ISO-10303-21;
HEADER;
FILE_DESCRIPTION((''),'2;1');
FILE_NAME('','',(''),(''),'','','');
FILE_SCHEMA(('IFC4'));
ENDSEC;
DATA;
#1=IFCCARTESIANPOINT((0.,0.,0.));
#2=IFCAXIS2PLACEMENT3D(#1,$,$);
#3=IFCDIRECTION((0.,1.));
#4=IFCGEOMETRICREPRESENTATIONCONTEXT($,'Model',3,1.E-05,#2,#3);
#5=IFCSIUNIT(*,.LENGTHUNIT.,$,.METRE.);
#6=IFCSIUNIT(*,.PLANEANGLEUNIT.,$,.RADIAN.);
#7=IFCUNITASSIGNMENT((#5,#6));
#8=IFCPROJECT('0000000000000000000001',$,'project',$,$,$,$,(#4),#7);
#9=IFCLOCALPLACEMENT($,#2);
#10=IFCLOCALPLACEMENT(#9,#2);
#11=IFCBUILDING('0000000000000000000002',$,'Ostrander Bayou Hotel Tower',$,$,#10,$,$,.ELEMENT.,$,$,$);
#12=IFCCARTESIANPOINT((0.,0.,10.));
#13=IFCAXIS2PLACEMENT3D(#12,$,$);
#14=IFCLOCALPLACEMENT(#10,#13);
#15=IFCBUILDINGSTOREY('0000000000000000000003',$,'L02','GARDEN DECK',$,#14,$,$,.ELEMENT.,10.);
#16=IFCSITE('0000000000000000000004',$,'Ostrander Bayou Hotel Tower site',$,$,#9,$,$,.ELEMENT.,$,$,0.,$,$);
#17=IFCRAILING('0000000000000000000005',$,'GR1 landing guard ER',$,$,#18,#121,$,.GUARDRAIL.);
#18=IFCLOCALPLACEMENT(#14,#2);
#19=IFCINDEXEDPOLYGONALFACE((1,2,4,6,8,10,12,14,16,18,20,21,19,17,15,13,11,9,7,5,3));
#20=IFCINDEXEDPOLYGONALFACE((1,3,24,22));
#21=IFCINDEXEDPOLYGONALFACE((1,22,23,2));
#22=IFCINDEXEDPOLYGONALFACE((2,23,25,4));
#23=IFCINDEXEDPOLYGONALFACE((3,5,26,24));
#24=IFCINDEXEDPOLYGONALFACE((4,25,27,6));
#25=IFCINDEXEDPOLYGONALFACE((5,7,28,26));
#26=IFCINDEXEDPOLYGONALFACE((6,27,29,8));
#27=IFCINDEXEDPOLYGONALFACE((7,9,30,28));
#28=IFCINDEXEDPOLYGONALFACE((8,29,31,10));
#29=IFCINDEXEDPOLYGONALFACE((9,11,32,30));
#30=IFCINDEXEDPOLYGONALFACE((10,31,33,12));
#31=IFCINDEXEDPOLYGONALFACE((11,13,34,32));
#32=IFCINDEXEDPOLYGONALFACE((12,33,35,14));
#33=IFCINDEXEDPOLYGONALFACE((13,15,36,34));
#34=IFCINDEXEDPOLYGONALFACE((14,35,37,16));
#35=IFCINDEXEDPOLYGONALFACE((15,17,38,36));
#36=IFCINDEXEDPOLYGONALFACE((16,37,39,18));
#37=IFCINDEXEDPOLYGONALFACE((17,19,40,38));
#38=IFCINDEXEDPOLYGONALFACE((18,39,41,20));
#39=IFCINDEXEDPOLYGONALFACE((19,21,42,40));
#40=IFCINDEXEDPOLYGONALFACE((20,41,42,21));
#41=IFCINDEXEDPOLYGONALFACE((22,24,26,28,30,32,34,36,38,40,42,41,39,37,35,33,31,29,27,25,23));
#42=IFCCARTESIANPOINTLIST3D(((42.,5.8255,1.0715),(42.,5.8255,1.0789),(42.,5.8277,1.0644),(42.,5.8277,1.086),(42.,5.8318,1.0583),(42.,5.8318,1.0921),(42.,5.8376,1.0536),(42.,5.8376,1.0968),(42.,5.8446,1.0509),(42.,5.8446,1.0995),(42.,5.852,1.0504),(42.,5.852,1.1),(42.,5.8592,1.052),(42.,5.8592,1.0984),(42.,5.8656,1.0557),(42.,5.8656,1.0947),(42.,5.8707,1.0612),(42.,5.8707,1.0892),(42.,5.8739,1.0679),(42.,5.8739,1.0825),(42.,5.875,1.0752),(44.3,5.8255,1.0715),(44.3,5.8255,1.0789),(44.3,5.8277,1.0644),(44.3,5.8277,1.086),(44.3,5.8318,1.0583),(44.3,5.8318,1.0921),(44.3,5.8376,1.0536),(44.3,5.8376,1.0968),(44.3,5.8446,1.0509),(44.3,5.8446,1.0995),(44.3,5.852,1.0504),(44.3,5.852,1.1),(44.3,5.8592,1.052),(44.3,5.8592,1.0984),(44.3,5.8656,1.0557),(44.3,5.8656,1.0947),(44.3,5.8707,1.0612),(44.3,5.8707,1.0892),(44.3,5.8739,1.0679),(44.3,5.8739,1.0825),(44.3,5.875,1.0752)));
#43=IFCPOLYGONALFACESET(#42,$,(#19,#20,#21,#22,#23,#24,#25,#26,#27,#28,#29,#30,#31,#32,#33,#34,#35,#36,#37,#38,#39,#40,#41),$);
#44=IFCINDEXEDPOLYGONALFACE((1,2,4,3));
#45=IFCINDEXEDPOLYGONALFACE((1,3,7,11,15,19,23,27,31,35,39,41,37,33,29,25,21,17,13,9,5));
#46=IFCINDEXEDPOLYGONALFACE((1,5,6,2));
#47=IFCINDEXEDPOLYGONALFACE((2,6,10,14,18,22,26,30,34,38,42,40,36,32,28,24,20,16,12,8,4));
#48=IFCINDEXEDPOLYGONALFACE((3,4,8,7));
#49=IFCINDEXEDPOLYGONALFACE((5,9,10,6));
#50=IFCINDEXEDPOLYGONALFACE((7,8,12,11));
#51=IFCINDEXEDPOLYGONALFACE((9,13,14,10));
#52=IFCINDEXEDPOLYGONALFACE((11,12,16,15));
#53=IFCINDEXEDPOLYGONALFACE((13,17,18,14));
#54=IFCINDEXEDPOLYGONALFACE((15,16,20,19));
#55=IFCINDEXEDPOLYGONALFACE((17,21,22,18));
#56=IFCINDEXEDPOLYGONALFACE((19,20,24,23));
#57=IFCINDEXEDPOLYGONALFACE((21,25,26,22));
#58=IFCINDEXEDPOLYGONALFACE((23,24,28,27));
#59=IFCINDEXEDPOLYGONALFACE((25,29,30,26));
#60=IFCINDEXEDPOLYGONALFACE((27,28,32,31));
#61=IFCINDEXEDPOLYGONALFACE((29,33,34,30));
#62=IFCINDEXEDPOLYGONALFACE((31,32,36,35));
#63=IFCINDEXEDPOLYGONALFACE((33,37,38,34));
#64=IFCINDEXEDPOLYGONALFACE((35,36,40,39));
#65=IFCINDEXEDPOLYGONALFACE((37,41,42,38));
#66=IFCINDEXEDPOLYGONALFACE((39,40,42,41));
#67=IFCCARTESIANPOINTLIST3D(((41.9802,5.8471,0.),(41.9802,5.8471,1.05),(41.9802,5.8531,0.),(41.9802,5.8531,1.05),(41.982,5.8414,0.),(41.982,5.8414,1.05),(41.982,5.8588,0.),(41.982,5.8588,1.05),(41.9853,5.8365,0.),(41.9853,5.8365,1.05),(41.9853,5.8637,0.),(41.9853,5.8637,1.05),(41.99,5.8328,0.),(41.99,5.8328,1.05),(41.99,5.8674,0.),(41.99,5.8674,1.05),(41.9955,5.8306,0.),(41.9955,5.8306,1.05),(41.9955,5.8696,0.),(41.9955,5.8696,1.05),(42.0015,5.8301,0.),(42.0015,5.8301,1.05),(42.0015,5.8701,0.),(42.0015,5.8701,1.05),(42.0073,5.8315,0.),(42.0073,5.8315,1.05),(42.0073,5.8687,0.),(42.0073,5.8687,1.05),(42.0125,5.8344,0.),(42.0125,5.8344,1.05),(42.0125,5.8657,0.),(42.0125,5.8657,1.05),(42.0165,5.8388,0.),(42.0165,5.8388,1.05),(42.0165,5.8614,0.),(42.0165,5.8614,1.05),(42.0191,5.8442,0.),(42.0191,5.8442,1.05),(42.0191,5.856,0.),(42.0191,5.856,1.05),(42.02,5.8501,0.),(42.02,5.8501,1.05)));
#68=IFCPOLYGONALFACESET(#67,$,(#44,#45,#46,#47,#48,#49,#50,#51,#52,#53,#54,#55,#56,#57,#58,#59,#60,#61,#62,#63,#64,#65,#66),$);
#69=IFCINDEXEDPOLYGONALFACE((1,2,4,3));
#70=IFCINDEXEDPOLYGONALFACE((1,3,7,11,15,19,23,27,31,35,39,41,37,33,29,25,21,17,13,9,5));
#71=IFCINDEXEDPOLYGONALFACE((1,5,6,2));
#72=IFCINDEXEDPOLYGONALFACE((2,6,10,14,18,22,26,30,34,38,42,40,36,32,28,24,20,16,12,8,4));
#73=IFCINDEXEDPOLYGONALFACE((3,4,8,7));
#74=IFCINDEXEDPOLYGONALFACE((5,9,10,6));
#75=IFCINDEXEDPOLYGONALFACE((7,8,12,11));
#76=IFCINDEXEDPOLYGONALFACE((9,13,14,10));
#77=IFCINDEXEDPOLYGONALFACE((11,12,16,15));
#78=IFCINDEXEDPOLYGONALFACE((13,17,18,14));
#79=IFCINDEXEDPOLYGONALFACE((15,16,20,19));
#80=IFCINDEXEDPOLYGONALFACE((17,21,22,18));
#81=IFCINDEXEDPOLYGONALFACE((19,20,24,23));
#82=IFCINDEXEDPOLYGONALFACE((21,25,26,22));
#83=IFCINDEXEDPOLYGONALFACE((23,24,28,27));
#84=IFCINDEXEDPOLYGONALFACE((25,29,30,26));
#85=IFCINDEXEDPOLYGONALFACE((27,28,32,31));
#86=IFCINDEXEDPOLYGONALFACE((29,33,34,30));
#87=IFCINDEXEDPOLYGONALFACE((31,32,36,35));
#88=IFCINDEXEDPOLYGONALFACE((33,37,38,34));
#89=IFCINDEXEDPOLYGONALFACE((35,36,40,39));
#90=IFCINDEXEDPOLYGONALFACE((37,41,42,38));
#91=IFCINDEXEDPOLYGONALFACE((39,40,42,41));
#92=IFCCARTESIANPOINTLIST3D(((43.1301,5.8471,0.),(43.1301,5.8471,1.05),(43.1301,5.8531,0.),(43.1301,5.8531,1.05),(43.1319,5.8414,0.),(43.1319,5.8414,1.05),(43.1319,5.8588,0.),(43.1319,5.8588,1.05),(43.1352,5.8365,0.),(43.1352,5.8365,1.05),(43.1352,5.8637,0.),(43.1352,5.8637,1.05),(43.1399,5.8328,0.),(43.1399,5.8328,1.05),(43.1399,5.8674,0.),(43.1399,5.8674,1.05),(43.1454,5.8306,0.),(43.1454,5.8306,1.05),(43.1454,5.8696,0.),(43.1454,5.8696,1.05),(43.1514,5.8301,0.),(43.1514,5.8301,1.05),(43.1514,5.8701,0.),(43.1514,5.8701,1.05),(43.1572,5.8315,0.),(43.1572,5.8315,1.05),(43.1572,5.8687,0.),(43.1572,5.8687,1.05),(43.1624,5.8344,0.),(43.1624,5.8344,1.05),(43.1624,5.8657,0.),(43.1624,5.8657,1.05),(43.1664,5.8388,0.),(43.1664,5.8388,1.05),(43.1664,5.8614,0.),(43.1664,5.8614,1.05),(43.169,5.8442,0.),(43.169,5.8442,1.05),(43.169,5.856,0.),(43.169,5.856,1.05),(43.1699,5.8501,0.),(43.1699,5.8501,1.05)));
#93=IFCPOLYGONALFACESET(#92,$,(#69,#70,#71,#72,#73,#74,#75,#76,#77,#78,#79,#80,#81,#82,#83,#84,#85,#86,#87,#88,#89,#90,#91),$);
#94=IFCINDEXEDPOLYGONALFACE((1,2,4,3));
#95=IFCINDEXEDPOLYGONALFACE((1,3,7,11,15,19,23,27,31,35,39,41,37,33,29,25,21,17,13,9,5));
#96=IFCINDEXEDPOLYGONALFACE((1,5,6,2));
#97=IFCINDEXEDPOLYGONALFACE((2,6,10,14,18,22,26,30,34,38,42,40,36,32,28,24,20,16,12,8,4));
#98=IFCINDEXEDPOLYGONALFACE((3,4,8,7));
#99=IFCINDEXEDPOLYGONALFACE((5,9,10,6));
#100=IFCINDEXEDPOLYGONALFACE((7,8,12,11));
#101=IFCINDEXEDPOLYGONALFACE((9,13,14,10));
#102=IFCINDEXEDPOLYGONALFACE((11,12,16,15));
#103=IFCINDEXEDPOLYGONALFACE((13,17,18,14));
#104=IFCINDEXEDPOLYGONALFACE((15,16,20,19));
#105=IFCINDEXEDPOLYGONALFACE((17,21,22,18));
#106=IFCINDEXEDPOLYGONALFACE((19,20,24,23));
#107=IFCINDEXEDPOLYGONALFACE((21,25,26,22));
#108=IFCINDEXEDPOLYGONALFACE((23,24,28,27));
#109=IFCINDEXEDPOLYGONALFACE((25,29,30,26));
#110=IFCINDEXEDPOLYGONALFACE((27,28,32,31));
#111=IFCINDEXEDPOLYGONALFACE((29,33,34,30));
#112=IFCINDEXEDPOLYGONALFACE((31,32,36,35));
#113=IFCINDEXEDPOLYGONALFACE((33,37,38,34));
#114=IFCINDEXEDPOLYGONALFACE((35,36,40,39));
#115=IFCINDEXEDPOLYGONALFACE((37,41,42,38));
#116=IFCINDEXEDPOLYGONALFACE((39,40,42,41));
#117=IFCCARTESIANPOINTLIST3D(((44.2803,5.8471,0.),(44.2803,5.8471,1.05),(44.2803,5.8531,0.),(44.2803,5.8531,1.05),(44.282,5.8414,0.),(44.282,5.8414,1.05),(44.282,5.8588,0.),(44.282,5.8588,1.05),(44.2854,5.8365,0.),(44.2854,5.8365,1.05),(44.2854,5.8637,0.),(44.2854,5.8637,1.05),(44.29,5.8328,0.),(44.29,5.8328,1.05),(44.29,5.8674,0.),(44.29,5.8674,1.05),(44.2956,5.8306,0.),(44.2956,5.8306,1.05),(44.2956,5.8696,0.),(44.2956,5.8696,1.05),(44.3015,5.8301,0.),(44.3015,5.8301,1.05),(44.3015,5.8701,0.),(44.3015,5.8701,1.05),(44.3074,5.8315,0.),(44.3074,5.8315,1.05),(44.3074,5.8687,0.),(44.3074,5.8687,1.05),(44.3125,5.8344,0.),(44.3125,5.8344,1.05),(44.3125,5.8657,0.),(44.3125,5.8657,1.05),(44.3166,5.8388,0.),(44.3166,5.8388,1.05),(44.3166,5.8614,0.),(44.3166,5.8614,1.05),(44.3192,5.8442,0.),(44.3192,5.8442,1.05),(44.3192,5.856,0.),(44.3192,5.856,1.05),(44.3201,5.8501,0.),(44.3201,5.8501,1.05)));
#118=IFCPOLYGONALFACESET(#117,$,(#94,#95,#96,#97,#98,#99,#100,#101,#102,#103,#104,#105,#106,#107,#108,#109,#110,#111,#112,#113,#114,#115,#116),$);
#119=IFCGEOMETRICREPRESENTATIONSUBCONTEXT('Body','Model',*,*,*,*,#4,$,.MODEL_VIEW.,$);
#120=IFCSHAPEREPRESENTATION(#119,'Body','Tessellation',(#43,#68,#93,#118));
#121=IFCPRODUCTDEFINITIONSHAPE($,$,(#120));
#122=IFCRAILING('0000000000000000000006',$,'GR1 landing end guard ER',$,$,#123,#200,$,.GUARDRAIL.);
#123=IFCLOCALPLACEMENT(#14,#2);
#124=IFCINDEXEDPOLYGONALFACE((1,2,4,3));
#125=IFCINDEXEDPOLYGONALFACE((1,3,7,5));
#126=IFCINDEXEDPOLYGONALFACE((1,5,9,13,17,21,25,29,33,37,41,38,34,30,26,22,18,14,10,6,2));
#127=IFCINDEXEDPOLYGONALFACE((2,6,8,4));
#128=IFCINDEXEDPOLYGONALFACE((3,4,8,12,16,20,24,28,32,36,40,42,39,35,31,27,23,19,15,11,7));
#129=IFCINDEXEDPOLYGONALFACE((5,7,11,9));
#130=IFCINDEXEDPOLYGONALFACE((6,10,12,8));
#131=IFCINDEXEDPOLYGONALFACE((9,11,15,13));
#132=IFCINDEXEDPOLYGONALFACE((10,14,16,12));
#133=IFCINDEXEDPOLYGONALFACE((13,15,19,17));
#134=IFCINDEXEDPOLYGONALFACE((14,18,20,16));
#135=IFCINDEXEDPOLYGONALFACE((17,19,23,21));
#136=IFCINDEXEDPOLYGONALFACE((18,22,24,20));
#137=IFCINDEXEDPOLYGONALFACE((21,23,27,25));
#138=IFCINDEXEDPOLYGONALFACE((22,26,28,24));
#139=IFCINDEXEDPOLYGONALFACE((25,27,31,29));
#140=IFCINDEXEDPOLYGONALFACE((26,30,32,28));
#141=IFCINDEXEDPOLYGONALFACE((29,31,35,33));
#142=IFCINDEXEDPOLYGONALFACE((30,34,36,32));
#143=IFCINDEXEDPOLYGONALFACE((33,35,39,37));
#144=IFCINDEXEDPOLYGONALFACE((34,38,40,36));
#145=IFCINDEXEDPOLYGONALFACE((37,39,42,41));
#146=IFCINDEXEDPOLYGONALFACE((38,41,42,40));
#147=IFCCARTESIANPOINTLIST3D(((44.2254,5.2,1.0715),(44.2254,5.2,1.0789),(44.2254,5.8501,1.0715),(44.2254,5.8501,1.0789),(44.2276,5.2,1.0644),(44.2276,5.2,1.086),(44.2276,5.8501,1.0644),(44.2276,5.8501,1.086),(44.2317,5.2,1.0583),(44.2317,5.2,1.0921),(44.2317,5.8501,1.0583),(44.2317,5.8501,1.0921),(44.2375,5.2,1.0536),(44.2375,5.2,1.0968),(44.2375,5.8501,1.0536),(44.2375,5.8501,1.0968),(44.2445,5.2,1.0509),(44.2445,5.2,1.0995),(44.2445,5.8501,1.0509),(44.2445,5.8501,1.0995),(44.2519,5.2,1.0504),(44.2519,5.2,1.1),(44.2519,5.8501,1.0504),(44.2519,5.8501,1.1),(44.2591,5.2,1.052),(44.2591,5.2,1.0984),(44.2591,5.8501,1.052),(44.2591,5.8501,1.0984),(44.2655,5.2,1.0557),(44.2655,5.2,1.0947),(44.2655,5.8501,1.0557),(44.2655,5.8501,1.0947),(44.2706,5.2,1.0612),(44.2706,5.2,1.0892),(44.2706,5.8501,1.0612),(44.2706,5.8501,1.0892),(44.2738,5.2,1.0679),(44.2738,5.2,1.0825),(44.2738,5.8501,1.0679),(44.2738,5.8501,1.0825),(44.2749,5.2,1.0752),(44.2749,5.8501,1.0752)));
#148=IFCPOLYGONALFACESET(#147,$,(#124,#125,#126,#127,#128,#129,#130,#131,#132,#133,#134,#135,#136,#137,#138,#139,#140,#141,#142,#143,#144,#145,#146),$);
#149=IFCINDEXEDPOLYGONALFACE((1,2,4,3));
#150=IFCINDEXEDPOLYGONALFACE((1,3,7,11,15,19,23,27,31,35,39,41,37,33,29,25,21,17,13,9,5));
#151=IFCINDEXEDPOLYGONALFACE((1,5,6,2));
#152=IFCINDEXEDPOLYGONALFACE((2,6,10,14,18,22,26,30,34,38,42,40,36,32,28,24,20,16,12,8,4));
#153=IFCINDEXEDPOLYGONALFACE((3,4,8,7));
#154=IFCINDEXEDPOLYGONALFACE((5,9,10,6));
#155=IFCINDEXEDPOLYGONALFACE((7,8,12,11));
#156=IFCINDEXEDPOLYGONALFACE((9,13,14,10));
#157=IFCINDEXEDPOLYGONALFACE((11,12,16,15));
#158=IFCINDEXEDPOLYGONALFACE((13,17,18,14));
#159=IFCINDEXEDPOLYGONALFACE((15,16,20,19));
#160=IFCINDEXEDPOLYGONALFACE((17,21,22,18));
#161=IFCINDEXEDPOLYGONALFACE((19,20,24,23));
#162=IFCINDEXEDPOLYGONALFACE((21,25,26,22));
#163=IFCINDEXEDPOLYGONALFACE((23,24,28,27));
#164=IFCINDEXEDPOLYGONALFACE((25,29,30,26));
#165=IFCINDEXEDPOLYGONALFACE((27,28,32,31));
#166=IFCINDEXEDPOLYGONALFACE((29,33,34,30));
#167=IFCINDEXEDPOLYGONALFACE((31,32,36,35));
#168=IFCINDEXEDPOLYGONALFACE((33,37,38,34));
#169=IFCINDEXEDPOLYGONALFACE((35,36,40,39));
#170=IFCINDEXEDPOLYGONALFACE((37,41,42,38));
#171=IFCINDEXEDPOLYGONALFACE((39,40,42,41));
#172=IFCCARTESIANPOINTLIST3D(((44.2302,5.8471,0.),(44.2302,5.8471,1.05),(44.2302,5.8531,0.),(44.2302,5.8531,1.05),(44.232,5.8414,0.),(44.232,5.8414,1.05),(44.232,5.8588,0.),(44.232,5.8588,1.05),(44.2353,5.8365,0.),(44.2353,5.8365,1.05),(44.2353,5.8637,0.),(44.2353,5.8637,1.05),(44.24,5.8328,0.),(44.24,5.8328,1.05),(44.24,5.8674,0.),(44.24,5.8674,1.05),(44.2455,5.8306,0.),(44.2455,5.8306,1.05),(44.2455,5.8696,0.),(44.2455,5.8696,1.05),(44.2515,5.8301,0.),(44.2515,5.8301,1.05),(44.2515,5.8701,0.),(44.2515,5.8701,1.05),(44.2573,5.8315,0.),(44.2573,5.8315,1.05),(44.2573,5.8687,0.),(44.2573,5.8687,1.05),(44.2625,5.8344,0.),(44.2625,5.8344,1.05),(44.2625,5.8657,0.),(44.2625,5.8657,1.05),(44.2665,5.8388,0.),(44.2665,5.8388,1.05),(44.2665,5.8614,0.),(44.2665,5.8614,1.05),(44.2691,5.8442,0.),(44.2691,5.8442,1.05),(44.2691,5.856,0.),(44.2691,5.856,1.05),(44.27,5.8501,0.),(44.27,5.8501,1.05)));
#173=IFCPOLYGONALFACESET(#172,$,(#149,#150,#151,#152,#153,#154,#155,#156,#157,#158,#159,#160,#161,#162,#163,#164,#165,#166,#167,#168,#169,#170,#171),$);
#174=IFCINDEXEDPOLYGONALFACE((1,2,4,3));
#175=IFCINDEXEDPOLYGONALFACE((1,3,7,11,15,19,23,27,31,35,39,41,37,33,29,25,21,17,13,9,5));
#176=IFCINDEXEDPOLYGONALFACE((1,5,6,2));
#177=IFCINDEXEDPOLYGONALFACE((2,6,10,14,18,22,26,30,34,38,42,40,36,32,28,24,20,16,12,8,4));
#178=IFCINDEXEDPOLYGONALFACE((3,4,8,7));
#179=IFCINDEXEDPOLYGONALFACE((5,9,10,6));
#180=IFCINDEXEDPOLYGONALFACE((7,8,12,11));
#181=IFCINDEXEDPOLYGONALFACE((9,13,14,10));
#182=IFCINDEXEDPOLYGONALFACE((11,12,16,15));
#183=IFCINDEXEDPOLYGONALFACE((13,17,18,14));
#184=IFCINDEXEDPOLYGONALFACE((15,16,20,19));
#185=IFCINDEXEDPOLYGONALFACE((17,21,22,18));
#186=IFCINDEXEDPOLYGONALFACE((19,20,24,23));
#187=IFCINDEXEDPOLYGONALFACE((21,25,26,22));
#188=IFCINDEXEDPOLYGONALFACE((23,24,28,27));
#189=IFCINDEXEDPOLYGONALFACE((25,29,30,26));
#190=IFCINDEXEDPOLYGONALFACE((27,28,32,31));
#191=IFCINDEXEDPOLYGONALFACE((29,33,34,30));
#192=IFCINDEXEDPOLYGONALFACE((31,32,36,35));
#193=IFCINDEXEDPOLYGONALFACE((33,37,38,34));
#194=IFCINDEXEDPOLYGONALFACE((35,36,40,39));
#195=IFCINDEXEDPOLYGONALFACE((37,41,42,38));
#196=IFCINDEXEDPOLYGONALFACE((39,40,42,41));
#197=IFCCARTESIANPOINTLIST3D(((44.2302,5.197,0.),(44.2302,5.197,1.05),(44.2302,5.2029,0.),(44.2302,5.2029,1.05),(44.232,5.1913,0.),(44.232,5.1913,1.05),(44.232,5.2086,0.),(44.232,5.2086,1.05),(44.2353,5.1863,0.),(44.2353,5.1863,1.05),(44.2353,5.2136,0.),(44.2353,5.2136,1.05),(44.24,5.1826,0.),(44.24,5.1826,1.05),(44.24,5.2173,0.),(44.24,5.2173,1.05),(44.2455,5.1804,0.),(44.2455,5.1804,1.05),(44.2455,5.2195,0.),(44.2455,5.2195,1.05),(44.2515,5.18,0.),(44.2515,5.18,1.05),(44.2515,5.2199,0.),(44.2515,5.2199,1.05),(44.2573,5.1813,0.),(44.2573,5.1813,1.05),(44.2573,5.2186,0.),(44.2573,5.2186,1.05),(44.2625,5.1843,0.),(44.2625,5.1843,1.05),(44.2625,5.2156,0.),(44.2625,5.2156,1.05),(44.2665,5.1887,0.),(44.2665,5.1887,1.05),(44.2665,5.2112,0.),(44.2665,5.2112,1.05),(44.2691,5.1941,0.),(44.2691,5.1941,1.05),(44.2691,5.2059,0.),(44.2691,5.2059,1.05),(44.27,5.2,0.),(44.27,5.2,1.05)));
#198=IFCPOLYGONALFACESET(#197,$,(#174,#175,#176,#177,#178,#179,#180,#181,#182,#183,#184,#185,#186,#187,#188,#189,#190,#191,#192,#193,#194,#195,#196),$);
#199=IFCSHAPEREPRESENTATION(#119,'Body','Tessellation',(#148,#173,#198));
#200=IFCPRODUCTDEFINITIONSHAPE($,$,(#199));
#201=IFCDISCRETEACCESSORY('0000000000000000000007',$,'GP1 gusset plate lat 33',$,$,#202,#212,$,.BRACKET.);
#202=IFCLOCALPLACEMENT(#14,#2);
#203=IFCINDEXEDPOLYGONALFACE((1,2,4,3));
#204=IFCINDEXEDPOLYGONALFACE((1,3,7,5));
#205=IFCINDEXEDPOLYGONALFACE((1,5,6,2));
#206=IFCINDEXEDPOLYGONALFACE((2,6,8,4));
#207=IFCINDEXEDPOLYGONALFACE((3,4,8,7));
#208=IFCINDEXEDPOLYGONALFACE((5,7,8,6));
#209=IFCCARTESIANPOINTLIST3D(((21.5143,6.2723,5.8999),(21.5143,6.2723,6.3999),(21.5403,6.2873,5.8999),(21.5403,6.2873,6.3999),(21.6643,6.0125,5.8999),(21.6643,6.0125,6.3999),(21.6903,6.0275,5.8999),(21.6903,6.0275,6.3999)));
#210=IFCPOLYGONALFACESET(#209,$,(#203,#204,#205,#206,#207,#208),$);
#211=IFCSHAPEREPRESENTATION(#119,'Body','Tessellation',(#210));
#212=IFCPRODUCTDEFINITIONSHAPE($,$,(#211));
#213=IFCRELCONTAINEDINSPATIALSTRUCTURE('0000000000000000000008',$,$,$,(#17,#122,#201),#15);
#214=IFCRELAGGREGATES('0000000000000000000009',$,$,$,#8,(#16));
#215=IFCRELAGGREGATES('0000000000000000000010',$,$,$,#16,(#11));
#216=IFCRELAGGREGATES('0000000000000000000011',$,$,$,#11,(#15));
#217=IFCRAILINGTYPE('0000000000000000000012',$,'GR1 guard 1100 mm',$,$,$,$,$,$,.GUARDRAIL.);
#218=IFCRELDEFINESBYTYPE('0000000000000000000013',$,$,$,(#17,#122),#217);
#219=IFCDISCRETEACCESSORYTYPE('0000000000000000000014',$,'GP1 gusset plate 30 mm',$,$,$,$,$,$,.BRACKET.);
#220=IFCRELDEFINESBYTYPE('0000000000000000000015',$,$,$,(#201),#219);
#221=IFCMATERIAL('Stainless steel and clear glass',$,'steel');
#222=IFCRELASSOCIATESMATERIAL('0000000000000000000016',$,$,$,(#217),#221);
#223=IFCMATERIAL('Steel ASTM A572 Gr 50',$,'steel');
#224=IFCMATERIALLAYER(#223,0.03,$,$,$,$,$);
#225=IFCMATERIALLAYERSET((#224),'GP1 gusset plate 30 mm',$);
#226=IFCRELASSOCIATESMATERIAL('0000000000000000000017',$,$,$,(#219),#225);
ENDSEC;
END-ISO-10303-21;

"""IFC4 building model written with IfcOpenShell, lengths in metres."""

from ifc_helpers import new_model, si_unit, direction, frame, origin, origin_2d, place, context, subcontext, project, spatial, rectangle, circle, extrude, material, layer, layer_set, type_object, element, save


model = new_model("IFC4")

# Units and contexts
model_context = context("Model", 3, precision=1e-05, world=origin(), true_north=direction((0.0, 1.0)))
body_context = subcontext(model_context, "Body", "Model", "MODEL_VIEW")
ifc_project = project(units=[si_unit("LENGTHUNIT", "METRE"), si_unit("PLANEANGLEUNIT", "RADIAN")], contexts=[model_context])

# Site, building, storey
site_placement = place(None, origin())
site = spatial("IfcSite", under=ifc_project, at=site_placement, Name="Ostrander Bayou Hotel Tower site", CompositionType="ELEMENT", RefElevation=0.0)
building_placement = place(site_placement, origin())
building = spatial("IfcBuilding", under=site, at=building_placement, Name="Ostrander Bayou Hotel Tower", CompositionType="ELEMENT")
storey_placement = place(building_placement, frame((0.0, 0.0, 10.0)))
storey = spatial("IfcBuildingStorey", under=building, at=storey_placement, Name="L02", Description="GARDEN DECK", CompositionType="ELEMENT", Elevation=10.0)

# Railings
ifc_material_1 = material(Name="Stainless steel and clear glass", Category="steel")
railing_type = type_object("IfcRailingType", Name="GR1 guard 1100 mm", PredefinedType="GUARDRAIL", material=ifc_material_1)
railing_1_placement = place(storey_placement, frame((42.0, 5.8501, 0.0)))
element("IfcRailing", 1, at=railing_1_placement, inside=storey, type_object=railing_type, Name="GR1 landing guard ER", PredefinedType="GUARDRAIL", context=body_context, shape_type="SweptSolid", body=[
    extrude(circle(Radius=0.0249, at=origin_2d()), frame((0.0, 0.0, 1.0752), z_axis=(1.0, 0.0, 0.0), x_axis=(0.0, 1.0, 0.0)), (0.0, 0.0, 1.0), 2.3),
    extrude(circle(Radius=0.02, at=origin_2d()), origin(), (0.0, 0.0, 1.0), 1.05),
    extrude(circle(Radius=0.02, at=origin_2d()), frame((1.1499, 0.0, 0.0)), (0.0, 0.0, 1.0), 1.05),
    extrude(circle(Radius=0.02, at=origin_2d()), frame((2.3, 0.0, 0.0)), (0.0, 0.0, 1.0), 1.05),
])
railing_2_placement = place(storey_placement, frame((44.25, 5.8501, 0.0)))
element("IfcRailing", 2, at=railing_2_placement, inside=storey, type_object=railing_type, Name="GR1 landing end guard ER", PredefinedType="GUARDRAIL", context=body_context, shape_type="SweptSolid", body=[
    extrude(circle(Radius=0.0249, at=origin_2d()), frame((0.0, 0.0, 1.0752), z_axis=(0.0, -1.0, 0.0), x_axis=(1.0, 0.0, 0.0)), (0.0, 0.0, 1.0), 0.6501),
    extrude(circle(Radius=0.02, at=origin_2d()), origin(), (0.0, 0.0, 1.0), 1.05),
    extrude(circle(Radius=0.02, at=origin_2d()), frame((0.0, -0.6501, 0.0)), (0.0, 0.0, 1.0), 1.05),
])

# Discrete accessory
ifc_material_2 = material(Name="Steel ASTM A572 Gr 50", Category="steel")
ifc_layer_1 = layer(ifc_material_2, 0.03)
ifc_layer_set_1 = layer_set([ifc_layer_1], Name="GP1 gusset plate 30 mm")
discrete_accessory_type = type_object("IfcDiscreteAccessoryType", Name="GP1 gusset plate 30 mm", PredefinedType="BRACKET", material=ifc_layer_set_1)
for number, where, z_axis, x_axis, name in (
    (3, (21.6023, 6.1499, 5.8999), (0.0, 0.0, 1.0), (-0.5, 0.866025, 0.0), "GP1 gusset plate lat 33"),
):
    element("IfcDiscreteAccessory", number, at=place(storey_placement, frame(where, z_axis=z_axis, x_axis=x_axis)), inside=storey, type_object=discrete_accessory_type, Name=name, PredefinedType="BRACKET", context=body_context, shape_type="SweptSolid", body=[
        extrude(rectangle(XDim=0.3, YDim=0.03, at=origin_2d()), origin(), (0.0, 0.0, 1.0), 0.5),
    ])

save(model, "model.ifc")
